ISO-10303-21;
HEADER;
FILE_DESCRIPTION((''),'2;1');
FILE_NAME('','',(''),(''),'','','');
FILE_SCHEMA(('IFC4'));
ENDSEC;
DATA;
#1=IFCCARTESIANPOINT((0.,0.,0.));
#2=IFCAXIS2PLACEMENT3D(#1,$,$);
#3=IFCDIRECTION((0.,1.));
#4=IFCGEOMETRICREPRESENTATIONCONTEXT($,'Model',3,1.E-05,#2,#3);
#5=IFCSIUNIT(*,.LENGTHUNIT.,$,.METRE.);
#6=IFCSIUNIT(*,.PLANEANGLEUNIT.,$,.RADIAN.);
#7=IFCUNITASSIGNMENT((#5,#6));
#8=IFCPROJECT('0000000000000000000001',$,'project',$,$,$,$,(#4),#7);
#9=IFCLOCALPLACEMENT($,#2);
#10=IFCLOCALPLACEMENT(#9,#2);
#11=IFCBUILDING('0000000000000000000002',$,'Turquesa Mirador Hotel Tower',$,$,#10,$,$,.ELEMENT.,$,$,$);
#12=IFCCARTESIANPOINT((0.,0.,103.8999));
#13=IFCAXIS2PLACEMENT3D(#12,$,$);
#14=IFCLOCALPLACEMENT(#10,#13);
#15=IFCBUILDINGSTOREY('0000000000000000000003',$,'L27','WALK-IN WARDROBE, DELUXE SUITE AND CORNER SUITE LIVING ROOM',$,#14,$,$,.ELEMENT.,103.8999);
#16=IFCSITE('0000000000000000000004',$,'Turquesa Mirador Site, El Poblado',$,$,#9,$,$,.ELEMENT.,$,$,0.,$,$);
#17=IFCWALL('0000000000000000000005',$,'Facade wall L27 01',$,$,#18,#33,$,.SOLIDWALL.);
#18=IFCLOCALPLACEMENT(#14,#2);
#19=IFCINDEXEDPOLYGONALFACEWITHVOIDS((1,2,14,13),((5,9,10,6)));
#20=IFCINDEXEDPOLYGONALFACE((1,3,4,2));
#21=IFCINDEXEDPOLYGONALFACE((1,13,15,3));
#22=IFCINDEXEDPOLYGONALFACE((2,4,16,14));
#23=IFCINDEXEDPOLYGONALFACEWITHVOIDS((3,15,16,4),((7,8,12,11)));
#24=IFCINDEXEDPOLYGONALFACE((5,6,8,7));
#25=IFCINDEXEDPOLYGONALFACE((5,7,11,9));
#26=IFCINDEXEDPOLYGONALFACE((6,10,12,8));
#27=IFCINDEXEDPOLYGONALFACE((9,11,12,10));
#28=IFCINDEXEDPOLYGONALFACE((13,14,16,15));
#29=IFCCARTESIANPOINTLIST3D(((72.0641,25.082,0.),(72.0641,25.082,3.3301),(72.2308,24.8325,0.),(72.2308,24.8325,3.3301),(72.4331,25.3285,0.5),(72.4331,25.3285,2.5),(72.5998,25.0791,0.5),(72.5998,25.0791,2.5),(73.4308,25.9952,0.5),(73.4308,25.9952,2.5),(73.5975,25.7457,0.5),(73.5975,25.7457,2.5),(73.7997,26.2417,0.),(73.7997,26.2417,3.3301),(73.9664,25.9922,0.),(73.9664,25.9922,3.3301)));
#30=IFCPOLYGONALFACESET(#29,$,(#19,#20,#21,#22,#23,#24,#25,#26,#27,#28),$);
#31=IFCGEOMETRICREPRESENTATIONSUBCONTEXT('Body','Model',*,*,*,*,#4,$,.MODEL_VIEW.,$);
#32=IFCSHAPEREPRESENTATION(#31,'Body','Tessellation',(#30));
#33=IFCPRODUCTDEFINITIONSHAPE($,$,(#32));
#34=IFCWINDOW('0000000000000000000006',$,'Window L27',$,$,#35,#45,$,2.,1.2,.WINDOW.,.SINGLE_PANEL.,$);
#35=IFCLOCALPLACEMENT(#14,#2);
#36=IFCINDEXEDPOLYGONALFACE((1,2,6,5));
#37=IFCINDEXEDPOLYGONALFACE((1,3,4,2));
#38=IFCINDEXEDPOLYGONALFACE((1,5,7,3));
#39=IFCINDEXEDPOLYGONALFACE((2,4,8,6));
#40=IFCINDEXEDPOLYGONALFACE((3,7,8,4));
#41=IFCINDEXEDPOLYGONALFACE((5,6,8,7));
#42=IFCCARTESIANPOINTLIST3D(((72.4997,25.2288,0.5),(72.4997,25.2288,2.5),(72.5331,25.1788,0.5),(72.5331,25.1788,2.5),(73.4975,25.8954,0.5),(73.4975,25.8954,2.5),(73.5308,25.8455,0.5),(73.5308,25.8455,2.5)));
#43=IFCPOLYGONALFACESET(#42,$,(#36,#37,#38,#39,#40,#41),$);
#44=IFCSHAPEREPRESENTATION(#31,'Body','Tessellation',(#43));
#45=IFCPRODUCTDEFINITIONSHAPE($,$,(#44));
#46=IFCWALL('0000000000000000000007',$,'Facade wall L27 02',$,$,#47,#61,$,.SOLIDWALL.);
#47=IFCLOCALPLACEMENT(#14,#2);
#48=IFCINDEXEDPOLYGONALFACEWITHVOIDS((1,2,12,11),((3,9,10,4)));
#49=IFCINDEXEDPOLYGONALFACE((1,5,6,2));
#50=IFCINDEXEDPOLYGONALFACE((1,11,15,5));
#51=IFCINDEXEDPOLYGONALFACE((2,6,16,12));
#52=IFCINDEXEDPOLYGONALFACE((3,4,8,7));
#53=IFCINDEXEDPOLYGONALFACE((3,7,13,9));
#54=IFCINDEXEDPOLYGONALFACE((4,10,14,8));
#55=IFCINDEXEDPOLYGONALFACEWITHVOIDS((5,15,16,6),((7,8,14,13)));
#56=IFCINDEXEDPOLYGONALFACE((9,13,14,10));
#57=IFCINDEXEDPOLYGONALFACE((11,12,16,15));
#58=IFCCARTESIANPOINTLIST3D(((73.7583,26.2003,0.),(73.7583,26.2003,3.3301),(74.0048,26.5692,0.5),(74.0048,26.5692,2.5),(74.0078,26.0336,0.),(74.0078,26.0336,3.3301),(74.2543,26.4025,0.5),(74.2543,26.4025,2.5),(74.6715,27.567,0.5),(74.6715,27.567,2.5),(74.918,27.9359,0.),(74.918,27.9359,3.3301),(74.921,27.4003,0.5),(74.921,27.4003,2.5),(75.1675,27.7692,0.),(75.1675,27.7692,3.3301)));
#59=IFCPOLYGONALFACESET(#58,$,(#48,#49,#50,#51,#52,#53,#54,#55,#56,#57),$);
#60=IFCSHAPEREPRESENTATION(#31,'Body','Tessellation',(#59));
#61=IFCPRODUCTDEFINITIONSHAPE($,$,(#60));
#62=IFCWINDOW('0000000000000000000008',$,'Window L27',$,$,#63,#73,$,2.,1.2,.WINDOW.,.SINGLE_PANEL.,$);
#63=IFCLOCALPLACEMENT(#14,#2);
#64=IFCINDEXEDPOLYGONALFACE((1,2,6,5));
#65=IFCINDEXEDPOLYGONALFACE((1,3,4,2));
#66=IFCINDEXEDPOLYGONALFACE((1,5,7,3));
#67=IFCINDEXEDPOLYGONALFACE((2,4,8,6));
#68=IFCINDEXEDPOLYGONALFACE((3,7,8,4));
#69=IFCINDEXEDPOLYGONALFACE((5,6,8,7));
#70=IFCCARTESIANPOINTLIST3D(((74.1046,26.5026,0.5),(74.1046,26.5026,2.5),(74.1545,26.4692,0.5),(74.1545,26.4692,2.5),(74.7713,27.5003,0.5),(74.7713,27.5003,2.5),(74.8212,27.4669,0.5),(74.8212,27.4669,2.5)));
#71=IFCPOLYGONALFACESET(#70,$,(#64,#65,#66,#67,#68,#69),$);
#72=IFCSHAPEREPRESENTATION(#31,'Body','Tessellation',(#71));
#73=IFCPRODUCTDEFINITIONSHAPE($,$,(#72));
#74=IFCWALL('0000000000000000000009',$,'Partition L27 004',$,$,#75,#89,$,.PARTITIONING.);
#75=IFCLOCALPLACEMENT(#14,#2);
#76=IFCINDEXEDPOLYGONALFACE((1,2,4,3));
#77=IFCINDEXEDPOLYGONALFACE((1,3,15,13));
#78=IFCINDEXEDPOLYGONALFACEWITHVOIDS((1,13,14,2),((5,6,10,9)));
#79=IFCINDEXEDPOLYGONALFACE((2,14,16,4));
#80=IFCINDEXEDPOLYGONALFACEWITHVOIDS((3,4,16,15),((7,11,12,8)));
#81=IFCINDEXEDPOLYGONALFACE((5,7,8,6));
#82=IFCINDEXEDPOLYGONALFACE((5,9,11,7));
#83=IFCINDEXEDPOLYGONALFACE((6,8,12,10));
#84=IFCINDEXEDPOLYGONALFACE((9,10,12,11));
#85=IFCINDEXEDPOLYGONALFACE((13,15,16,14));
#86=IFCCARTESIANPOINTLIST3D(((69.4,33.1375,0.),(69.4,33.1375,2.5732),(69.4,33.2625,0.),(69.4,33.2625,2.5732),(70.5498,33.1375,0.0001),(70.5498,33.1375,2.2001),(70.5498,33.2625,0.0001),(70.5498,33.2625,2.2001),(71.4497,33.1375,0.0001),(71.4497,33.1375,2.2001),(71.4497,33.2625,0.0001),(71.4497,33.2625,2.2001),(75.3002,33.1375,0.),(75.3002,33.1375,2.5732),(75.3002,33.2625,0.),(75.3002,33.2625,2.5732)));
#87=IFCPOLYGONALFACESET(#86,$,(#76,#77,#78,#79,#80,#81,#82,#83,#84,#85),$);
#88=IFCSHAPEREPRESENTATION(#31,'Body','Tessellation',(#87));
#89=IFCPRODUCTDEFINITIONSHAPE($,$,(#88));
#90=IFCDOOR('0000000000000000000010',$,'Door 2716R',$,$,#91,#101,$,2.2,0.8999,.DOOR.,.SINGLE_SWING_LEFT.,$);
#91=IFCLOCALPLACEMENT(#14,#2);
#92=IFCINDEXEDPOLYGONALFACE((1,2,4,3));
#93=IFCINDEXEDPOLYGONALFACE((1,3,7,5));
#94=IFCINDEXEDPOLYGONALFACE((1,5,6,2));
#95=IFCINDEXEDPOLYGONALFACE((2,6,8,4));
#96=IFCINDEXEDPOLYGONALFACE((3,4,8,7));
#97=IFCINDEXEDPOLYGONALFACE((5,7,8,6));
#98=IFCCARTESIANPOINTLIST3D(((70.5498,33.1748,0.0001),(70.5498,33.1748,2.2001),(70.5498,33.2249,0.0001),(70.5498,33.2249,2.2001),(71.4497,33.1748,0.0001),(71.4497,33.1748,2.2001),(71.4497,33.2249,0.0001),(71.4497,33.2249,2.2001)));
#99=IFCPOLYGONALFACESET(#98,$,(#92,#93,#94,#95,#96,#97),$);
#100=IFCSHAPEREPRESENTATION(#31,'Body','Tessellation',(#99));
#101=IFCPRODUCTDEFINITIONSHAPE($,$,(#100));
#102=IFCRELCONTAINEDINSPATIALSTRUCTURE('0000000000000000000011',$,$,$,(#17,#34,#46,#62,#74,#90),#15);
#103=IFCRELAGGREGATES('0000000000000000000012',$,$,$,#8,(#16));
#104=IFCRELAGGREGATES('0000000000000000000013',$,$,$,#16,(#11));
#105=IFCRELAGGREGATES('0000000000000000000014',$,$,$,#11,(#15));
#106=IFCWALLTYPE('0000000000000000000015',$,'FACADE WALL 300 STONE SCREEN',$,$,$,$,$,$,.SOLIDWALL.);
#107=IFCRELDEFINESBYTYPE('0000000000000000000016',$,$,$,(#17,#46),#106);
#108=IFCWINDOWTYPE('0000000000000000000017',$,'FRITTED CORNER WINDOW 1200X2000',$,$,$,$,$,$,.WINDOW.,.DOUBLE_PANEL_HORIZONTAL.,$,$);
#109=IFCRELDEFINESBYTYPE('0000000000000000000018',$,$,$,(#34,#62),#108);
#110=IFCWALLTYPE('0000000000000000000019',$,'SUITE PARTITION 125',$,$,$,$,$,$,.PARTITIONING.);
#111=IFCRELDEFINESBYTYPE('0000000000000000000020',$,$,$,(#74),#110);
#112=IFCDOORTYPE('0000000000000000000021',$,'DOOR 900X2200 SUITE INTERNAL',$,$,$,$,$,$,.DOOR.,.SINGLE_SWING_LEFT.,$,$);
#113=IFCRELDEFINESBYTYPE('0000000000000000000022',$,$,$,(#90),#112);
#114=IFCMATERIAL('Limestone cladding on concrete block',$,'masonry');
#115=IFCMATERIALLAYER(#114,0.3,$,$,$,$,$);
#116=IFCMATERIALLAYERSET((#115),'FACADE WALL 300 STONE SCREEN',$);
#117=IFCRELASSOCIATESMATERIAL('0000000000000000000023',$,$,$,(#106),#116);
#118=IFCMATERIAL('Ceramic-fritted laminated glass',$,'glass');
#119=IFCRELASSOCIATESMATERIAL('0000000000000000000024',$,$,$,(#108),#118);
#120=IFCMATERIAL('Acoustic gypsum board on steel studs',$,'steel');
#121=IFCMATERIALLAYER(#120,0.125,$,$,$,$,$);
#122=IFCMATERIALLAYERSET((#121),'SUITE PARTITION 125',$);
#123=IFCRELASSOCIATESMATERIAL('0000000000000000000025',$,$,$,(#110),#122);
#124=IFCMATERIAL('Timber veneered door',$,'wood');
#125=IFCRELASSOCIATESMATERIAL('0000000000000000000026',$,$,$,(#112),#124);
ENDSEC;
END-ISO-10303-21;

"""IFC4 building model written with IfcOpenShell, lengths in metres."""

from ifc_helpers import new_model, si_unit, direction, frame, frame_2d, origin, place, context, subcontext, project, spatial, rectangle, extrude, material, layer, layer_set, type_object, element, fill, save


model = new_model("IFC4")

# Units and contexts
model_context = context("Model", 3, precision=1e-05, world=origin(), true_north=direction((0.0, 1.0)))
body_context = subcontext(model_context, "Body", "Model", "MODEL_VIEW")
ifc_project = project(units=[si_unit("LENGTHUNIT", "METRE"), si_unit("PLANEANGLEUNIT", "RADIAN")], contexts=[model_context])

# Site, building, storey
site_placement = place(None, origin())
site = spatial("IfcSite", under=ifc_project, at=site_placement, Name="Turquesa Mirador Site, El Poblado", CompositionType="ELEMENT", RefElevation=0.0)
building_placement = place(site_placement, origin())
building = spatial("IfcBuilding", under=site, at=building_placement, Name="Turquesa Mirador Hotel Tower", CompositionType="ELEMENT")
storey_placement = place(building_placement, frame((0.0, 0.0, 103.8999)))
storey = spatial("IfcBuildingStorey", under=building, at=storey_placement, Name="L27", Description="WALK-IN WARDROBE, DELUXE SUITE AND CORNER SUITE LIVING ROOM", CompositionType="ELEMENT", Elevation=103.8999)

# Walls, openings, windows
ifc_material_1 = material(Name="Limestone cladding on concrete block", Category="masonry")
ifc_layer_1 = layer(ifc_material_1, 0.3)
ifc_layer_set_1 = layer_set([ifc_layer_1], Name="FACADE WALL 300 STONE SCREEN")
wall_type_1 = type_object("IfcWallType", Name="FACADE WALL 300 STONE SCREEN", PredefinedType="SOLIDWALL", material=ifc_layer_set_1)
ifc_material_2 = material(Name="Ceramic-fritted laminated glass", Category="glass")
window_type = type_object("IfcWindowType", Name="FRITTED CORNER WINDOW 1200X2000", PartitioningType="DOUBLE_PANEL_HORIZONTAL", PredefinedType="WINDOW", material=ifc_material_2)
wall_1_placement = place(storey_placement, frame((72.1475, 24.9573, 0.0), z_axis=(0.0, 0.0, 1.0), x_axis=(0.831474, 0.555564, 0.0)))
wall_1 = element("IfcWall", 1, at=wall_1_placement, inside=storey, type_object=wall_type_1, Name="Facade wall L27 01", PredefinedType="SOLIDWALL", context=body_context, shape_type="SweptSolid", body=[
    extrude(rectangle(XDim=2.0874, YDim=0.3, at=frame_2d((1.0437, 0.0))), origin(), (0.0, 0.0, 1.0), 3.3301),
])
opening_1_placement = place(wall_1_placement, frame((0.4436, 0.0, 0.5)))
opening_1 = element("IfcOpeningElement", 2, at=opening_1_placement, cuts=wall_1, PredefinedType="OPENING", context=body_context, shape_type="SweptSolid", body=[
    extrude(rectangle(XDim=1.2, YDim=2.0, at=frame_2d((0.6001, 1.0))), frame((0.0, 0.1599, 0.0), z_axis=(0.0, -1.0, 0.0), x_axis=(1.0, 0.0, 0.0)), (0.0, 0.0, 1.0), 0.3201),
])
window_1_placement = place(opening_1_placement, origin())
window_1 = element("IfcWindow", 3, at=window_1_placement, inside=storey, type_object=window_type, Name="Window L27", OverallHeight=2.0, OverallWidth=1.2, PartitioningType="SINGLE_PANEL", PredefinedType="WINDOW", context=body_context, shape_type="SweptSolid", body=[
    extrude(rectangle(XDim=1.2, YDim=2.0, at=frame_2d((0.6001, 1.0))), frame((0.0, 0.03, 0.0), z_axis=(0.0, -1.0, 0.0), x_axis=(1.0, 0.0, 0.0)), (0.0, 0.0, 1.0), 0.0601),
])
fill(opening_1, window_1)
wall_2_placement = place(storey_placement, frame((73.8831, 26.1169, 0.0), z_axis=(0.0, 0.0, 1.0), x_axis=(0.555564, 0.831474, 0.0)))
wall_2 = element("IfcWall", 4, at=wall_2_placement, inside=storey, type_object=wall_type_1, Name="Facade wall L27 02", PredefinedType="SOLIDWALL", context=body_context, shape_type="SweptSolid", body=[
    extrude(rectangle(XDim=2.0874, YDim=0.3, at=frame_2d((1.0437, 0.0))), origin(), (0.0, 0.0, 1.0), 3.3301),
])
opening_2_placement = place(wall_2_placement, frame((0.4436, 0.0, 0.5)))
opening_2 = element("IfcOpeningElement", 5, at=opening_2_placement, cuts=wall_2, PredefinedType="OPENING", context=body_context, shape_type="SweptSolid", body=[
    extrude(rectangle(XDim=1.2, YDim=2.0, at=frame_2d((0.6001, 1.0))), frame((0.0, 0.1599, 0.0), z_axis=(0.0, -1.0, 0.0), x_axis=(1.0, 0.0, 0.0)), (0.0, 0.0, 1.0), 0.3201),
])
window_2_placement = place(opening_2_placement, origin())
window_2 = element("IfcWindow", 6, at=window_2_placement, inside=storey, type_object=window_type, Name="Window L27", OverallHeight=2.0, OverallWidth=1.2, PartitioningType="SINGLE_PANEL", PredefinedType="WINDOW", context=body_context, shape_type="SweptSolid", body=[
    extrude(rectangle(XDim=1.2, YDim=2.0, at=frame_2d((0.6001, 1.0))), frame((0.0, 0.03, 0.0), z_axis=(0.0, -1.0, 0.0), x_axis=(1.0, 0.0, 0.0)), (0.0, 0.0, 1.0), 0.0601),
])
fill(opening_2, window_2)

# Wall, opening, door
ifc_material_3 = material(Name="Acoustic gypsum board on steel studs", Category="steel")
ifc_layer_2 = layer(ifc_material_3, 0.125)
ifc_layer_set_2 = layer_set([ifc_layer_2], Name="SUITE PARTITION 125")
wall_type_2 = type_object("IfcWallType", Name="SUITE PARTITION 125", PredefinedType="PARTITIONING", material=ifc_layer_set_2)
wall_3_placement = place(storey_placement, frame((69.3999, 33.2, 0.0), z_axis=(0.0, 0.0, 1.0), x_axis=(1.0, 0.0, 0.0)))
wall_3 = element("IfcWall", 7, at=wall_3_placement, inside=storey, type_object=wall_type_2, Name="Partition L27 004", PredefinedType="PARTITIONING", context=body_context, shape_type="SweptSolid", body=[
    extrude(rectangle(XDim=5.9001, YDim=0.125, at=frame_2d((2.9502, 0.0))), origin(), (0.0, 0.0, 1.0), 2.5732),
])
opening_3_placement = place(wall_3_placement, frame((1.1499, 0.0, 0.0)))
opening_3 = element("IfcOpeningElement", 8, at=opening_3_placement, cuts=wall_3, PredefinedType="OPENING", context=body_context, shape_type="SweptSolid", body=[
    extrude(rectangle(XDim=0.8999, YDim=2.2, at=frame_2d((0.45, 1.1001))), frame((0.0, 0.0725, 0.0), z_axis=(0.0, -1.0, 0.0), x_axis=(1.0, 0.0, 0.0)), (0.0, 0.0, 1.0), 0.145),
])
ifc_material_4 = material(Name="Timber veneered door", Category="wood")
door_type_1 = type_object("IfcDoorType", Name="DOOR 900X2200 SUITE INTERNAL", OperationType="SINGLE_SWING_LEFT", PredefinedType="DOOR", material=ifc_material_4)
door_1_placement = place(opening_3_placement, origin())
door_1 = element("IfcDoor", 9, at=door_1_placement, inside=storey, type_object=door_type_1, Name="Door 2716R", OperationType="SINGLE_SWING_LEFT", OverallHeight=2.2, OverallWidth=0.8999, PredefinedType="DOOR", context=body_context, shape_type="SweptSolid", body=[
    extrude(rectangle(XDim=0.8999, YDim=2.2, at=frame_2d((0.45, 1.1001))), frame((0.0, 0.0249, 0.0), z_axis=(0.0, -1.0, 0.0), x_axis=(1.0, 0.0, 0.0)), (0.0, 0.0, 1.0), 0.05),
])
fill(opening_3, door_1)

save(model, "model.ifc")
